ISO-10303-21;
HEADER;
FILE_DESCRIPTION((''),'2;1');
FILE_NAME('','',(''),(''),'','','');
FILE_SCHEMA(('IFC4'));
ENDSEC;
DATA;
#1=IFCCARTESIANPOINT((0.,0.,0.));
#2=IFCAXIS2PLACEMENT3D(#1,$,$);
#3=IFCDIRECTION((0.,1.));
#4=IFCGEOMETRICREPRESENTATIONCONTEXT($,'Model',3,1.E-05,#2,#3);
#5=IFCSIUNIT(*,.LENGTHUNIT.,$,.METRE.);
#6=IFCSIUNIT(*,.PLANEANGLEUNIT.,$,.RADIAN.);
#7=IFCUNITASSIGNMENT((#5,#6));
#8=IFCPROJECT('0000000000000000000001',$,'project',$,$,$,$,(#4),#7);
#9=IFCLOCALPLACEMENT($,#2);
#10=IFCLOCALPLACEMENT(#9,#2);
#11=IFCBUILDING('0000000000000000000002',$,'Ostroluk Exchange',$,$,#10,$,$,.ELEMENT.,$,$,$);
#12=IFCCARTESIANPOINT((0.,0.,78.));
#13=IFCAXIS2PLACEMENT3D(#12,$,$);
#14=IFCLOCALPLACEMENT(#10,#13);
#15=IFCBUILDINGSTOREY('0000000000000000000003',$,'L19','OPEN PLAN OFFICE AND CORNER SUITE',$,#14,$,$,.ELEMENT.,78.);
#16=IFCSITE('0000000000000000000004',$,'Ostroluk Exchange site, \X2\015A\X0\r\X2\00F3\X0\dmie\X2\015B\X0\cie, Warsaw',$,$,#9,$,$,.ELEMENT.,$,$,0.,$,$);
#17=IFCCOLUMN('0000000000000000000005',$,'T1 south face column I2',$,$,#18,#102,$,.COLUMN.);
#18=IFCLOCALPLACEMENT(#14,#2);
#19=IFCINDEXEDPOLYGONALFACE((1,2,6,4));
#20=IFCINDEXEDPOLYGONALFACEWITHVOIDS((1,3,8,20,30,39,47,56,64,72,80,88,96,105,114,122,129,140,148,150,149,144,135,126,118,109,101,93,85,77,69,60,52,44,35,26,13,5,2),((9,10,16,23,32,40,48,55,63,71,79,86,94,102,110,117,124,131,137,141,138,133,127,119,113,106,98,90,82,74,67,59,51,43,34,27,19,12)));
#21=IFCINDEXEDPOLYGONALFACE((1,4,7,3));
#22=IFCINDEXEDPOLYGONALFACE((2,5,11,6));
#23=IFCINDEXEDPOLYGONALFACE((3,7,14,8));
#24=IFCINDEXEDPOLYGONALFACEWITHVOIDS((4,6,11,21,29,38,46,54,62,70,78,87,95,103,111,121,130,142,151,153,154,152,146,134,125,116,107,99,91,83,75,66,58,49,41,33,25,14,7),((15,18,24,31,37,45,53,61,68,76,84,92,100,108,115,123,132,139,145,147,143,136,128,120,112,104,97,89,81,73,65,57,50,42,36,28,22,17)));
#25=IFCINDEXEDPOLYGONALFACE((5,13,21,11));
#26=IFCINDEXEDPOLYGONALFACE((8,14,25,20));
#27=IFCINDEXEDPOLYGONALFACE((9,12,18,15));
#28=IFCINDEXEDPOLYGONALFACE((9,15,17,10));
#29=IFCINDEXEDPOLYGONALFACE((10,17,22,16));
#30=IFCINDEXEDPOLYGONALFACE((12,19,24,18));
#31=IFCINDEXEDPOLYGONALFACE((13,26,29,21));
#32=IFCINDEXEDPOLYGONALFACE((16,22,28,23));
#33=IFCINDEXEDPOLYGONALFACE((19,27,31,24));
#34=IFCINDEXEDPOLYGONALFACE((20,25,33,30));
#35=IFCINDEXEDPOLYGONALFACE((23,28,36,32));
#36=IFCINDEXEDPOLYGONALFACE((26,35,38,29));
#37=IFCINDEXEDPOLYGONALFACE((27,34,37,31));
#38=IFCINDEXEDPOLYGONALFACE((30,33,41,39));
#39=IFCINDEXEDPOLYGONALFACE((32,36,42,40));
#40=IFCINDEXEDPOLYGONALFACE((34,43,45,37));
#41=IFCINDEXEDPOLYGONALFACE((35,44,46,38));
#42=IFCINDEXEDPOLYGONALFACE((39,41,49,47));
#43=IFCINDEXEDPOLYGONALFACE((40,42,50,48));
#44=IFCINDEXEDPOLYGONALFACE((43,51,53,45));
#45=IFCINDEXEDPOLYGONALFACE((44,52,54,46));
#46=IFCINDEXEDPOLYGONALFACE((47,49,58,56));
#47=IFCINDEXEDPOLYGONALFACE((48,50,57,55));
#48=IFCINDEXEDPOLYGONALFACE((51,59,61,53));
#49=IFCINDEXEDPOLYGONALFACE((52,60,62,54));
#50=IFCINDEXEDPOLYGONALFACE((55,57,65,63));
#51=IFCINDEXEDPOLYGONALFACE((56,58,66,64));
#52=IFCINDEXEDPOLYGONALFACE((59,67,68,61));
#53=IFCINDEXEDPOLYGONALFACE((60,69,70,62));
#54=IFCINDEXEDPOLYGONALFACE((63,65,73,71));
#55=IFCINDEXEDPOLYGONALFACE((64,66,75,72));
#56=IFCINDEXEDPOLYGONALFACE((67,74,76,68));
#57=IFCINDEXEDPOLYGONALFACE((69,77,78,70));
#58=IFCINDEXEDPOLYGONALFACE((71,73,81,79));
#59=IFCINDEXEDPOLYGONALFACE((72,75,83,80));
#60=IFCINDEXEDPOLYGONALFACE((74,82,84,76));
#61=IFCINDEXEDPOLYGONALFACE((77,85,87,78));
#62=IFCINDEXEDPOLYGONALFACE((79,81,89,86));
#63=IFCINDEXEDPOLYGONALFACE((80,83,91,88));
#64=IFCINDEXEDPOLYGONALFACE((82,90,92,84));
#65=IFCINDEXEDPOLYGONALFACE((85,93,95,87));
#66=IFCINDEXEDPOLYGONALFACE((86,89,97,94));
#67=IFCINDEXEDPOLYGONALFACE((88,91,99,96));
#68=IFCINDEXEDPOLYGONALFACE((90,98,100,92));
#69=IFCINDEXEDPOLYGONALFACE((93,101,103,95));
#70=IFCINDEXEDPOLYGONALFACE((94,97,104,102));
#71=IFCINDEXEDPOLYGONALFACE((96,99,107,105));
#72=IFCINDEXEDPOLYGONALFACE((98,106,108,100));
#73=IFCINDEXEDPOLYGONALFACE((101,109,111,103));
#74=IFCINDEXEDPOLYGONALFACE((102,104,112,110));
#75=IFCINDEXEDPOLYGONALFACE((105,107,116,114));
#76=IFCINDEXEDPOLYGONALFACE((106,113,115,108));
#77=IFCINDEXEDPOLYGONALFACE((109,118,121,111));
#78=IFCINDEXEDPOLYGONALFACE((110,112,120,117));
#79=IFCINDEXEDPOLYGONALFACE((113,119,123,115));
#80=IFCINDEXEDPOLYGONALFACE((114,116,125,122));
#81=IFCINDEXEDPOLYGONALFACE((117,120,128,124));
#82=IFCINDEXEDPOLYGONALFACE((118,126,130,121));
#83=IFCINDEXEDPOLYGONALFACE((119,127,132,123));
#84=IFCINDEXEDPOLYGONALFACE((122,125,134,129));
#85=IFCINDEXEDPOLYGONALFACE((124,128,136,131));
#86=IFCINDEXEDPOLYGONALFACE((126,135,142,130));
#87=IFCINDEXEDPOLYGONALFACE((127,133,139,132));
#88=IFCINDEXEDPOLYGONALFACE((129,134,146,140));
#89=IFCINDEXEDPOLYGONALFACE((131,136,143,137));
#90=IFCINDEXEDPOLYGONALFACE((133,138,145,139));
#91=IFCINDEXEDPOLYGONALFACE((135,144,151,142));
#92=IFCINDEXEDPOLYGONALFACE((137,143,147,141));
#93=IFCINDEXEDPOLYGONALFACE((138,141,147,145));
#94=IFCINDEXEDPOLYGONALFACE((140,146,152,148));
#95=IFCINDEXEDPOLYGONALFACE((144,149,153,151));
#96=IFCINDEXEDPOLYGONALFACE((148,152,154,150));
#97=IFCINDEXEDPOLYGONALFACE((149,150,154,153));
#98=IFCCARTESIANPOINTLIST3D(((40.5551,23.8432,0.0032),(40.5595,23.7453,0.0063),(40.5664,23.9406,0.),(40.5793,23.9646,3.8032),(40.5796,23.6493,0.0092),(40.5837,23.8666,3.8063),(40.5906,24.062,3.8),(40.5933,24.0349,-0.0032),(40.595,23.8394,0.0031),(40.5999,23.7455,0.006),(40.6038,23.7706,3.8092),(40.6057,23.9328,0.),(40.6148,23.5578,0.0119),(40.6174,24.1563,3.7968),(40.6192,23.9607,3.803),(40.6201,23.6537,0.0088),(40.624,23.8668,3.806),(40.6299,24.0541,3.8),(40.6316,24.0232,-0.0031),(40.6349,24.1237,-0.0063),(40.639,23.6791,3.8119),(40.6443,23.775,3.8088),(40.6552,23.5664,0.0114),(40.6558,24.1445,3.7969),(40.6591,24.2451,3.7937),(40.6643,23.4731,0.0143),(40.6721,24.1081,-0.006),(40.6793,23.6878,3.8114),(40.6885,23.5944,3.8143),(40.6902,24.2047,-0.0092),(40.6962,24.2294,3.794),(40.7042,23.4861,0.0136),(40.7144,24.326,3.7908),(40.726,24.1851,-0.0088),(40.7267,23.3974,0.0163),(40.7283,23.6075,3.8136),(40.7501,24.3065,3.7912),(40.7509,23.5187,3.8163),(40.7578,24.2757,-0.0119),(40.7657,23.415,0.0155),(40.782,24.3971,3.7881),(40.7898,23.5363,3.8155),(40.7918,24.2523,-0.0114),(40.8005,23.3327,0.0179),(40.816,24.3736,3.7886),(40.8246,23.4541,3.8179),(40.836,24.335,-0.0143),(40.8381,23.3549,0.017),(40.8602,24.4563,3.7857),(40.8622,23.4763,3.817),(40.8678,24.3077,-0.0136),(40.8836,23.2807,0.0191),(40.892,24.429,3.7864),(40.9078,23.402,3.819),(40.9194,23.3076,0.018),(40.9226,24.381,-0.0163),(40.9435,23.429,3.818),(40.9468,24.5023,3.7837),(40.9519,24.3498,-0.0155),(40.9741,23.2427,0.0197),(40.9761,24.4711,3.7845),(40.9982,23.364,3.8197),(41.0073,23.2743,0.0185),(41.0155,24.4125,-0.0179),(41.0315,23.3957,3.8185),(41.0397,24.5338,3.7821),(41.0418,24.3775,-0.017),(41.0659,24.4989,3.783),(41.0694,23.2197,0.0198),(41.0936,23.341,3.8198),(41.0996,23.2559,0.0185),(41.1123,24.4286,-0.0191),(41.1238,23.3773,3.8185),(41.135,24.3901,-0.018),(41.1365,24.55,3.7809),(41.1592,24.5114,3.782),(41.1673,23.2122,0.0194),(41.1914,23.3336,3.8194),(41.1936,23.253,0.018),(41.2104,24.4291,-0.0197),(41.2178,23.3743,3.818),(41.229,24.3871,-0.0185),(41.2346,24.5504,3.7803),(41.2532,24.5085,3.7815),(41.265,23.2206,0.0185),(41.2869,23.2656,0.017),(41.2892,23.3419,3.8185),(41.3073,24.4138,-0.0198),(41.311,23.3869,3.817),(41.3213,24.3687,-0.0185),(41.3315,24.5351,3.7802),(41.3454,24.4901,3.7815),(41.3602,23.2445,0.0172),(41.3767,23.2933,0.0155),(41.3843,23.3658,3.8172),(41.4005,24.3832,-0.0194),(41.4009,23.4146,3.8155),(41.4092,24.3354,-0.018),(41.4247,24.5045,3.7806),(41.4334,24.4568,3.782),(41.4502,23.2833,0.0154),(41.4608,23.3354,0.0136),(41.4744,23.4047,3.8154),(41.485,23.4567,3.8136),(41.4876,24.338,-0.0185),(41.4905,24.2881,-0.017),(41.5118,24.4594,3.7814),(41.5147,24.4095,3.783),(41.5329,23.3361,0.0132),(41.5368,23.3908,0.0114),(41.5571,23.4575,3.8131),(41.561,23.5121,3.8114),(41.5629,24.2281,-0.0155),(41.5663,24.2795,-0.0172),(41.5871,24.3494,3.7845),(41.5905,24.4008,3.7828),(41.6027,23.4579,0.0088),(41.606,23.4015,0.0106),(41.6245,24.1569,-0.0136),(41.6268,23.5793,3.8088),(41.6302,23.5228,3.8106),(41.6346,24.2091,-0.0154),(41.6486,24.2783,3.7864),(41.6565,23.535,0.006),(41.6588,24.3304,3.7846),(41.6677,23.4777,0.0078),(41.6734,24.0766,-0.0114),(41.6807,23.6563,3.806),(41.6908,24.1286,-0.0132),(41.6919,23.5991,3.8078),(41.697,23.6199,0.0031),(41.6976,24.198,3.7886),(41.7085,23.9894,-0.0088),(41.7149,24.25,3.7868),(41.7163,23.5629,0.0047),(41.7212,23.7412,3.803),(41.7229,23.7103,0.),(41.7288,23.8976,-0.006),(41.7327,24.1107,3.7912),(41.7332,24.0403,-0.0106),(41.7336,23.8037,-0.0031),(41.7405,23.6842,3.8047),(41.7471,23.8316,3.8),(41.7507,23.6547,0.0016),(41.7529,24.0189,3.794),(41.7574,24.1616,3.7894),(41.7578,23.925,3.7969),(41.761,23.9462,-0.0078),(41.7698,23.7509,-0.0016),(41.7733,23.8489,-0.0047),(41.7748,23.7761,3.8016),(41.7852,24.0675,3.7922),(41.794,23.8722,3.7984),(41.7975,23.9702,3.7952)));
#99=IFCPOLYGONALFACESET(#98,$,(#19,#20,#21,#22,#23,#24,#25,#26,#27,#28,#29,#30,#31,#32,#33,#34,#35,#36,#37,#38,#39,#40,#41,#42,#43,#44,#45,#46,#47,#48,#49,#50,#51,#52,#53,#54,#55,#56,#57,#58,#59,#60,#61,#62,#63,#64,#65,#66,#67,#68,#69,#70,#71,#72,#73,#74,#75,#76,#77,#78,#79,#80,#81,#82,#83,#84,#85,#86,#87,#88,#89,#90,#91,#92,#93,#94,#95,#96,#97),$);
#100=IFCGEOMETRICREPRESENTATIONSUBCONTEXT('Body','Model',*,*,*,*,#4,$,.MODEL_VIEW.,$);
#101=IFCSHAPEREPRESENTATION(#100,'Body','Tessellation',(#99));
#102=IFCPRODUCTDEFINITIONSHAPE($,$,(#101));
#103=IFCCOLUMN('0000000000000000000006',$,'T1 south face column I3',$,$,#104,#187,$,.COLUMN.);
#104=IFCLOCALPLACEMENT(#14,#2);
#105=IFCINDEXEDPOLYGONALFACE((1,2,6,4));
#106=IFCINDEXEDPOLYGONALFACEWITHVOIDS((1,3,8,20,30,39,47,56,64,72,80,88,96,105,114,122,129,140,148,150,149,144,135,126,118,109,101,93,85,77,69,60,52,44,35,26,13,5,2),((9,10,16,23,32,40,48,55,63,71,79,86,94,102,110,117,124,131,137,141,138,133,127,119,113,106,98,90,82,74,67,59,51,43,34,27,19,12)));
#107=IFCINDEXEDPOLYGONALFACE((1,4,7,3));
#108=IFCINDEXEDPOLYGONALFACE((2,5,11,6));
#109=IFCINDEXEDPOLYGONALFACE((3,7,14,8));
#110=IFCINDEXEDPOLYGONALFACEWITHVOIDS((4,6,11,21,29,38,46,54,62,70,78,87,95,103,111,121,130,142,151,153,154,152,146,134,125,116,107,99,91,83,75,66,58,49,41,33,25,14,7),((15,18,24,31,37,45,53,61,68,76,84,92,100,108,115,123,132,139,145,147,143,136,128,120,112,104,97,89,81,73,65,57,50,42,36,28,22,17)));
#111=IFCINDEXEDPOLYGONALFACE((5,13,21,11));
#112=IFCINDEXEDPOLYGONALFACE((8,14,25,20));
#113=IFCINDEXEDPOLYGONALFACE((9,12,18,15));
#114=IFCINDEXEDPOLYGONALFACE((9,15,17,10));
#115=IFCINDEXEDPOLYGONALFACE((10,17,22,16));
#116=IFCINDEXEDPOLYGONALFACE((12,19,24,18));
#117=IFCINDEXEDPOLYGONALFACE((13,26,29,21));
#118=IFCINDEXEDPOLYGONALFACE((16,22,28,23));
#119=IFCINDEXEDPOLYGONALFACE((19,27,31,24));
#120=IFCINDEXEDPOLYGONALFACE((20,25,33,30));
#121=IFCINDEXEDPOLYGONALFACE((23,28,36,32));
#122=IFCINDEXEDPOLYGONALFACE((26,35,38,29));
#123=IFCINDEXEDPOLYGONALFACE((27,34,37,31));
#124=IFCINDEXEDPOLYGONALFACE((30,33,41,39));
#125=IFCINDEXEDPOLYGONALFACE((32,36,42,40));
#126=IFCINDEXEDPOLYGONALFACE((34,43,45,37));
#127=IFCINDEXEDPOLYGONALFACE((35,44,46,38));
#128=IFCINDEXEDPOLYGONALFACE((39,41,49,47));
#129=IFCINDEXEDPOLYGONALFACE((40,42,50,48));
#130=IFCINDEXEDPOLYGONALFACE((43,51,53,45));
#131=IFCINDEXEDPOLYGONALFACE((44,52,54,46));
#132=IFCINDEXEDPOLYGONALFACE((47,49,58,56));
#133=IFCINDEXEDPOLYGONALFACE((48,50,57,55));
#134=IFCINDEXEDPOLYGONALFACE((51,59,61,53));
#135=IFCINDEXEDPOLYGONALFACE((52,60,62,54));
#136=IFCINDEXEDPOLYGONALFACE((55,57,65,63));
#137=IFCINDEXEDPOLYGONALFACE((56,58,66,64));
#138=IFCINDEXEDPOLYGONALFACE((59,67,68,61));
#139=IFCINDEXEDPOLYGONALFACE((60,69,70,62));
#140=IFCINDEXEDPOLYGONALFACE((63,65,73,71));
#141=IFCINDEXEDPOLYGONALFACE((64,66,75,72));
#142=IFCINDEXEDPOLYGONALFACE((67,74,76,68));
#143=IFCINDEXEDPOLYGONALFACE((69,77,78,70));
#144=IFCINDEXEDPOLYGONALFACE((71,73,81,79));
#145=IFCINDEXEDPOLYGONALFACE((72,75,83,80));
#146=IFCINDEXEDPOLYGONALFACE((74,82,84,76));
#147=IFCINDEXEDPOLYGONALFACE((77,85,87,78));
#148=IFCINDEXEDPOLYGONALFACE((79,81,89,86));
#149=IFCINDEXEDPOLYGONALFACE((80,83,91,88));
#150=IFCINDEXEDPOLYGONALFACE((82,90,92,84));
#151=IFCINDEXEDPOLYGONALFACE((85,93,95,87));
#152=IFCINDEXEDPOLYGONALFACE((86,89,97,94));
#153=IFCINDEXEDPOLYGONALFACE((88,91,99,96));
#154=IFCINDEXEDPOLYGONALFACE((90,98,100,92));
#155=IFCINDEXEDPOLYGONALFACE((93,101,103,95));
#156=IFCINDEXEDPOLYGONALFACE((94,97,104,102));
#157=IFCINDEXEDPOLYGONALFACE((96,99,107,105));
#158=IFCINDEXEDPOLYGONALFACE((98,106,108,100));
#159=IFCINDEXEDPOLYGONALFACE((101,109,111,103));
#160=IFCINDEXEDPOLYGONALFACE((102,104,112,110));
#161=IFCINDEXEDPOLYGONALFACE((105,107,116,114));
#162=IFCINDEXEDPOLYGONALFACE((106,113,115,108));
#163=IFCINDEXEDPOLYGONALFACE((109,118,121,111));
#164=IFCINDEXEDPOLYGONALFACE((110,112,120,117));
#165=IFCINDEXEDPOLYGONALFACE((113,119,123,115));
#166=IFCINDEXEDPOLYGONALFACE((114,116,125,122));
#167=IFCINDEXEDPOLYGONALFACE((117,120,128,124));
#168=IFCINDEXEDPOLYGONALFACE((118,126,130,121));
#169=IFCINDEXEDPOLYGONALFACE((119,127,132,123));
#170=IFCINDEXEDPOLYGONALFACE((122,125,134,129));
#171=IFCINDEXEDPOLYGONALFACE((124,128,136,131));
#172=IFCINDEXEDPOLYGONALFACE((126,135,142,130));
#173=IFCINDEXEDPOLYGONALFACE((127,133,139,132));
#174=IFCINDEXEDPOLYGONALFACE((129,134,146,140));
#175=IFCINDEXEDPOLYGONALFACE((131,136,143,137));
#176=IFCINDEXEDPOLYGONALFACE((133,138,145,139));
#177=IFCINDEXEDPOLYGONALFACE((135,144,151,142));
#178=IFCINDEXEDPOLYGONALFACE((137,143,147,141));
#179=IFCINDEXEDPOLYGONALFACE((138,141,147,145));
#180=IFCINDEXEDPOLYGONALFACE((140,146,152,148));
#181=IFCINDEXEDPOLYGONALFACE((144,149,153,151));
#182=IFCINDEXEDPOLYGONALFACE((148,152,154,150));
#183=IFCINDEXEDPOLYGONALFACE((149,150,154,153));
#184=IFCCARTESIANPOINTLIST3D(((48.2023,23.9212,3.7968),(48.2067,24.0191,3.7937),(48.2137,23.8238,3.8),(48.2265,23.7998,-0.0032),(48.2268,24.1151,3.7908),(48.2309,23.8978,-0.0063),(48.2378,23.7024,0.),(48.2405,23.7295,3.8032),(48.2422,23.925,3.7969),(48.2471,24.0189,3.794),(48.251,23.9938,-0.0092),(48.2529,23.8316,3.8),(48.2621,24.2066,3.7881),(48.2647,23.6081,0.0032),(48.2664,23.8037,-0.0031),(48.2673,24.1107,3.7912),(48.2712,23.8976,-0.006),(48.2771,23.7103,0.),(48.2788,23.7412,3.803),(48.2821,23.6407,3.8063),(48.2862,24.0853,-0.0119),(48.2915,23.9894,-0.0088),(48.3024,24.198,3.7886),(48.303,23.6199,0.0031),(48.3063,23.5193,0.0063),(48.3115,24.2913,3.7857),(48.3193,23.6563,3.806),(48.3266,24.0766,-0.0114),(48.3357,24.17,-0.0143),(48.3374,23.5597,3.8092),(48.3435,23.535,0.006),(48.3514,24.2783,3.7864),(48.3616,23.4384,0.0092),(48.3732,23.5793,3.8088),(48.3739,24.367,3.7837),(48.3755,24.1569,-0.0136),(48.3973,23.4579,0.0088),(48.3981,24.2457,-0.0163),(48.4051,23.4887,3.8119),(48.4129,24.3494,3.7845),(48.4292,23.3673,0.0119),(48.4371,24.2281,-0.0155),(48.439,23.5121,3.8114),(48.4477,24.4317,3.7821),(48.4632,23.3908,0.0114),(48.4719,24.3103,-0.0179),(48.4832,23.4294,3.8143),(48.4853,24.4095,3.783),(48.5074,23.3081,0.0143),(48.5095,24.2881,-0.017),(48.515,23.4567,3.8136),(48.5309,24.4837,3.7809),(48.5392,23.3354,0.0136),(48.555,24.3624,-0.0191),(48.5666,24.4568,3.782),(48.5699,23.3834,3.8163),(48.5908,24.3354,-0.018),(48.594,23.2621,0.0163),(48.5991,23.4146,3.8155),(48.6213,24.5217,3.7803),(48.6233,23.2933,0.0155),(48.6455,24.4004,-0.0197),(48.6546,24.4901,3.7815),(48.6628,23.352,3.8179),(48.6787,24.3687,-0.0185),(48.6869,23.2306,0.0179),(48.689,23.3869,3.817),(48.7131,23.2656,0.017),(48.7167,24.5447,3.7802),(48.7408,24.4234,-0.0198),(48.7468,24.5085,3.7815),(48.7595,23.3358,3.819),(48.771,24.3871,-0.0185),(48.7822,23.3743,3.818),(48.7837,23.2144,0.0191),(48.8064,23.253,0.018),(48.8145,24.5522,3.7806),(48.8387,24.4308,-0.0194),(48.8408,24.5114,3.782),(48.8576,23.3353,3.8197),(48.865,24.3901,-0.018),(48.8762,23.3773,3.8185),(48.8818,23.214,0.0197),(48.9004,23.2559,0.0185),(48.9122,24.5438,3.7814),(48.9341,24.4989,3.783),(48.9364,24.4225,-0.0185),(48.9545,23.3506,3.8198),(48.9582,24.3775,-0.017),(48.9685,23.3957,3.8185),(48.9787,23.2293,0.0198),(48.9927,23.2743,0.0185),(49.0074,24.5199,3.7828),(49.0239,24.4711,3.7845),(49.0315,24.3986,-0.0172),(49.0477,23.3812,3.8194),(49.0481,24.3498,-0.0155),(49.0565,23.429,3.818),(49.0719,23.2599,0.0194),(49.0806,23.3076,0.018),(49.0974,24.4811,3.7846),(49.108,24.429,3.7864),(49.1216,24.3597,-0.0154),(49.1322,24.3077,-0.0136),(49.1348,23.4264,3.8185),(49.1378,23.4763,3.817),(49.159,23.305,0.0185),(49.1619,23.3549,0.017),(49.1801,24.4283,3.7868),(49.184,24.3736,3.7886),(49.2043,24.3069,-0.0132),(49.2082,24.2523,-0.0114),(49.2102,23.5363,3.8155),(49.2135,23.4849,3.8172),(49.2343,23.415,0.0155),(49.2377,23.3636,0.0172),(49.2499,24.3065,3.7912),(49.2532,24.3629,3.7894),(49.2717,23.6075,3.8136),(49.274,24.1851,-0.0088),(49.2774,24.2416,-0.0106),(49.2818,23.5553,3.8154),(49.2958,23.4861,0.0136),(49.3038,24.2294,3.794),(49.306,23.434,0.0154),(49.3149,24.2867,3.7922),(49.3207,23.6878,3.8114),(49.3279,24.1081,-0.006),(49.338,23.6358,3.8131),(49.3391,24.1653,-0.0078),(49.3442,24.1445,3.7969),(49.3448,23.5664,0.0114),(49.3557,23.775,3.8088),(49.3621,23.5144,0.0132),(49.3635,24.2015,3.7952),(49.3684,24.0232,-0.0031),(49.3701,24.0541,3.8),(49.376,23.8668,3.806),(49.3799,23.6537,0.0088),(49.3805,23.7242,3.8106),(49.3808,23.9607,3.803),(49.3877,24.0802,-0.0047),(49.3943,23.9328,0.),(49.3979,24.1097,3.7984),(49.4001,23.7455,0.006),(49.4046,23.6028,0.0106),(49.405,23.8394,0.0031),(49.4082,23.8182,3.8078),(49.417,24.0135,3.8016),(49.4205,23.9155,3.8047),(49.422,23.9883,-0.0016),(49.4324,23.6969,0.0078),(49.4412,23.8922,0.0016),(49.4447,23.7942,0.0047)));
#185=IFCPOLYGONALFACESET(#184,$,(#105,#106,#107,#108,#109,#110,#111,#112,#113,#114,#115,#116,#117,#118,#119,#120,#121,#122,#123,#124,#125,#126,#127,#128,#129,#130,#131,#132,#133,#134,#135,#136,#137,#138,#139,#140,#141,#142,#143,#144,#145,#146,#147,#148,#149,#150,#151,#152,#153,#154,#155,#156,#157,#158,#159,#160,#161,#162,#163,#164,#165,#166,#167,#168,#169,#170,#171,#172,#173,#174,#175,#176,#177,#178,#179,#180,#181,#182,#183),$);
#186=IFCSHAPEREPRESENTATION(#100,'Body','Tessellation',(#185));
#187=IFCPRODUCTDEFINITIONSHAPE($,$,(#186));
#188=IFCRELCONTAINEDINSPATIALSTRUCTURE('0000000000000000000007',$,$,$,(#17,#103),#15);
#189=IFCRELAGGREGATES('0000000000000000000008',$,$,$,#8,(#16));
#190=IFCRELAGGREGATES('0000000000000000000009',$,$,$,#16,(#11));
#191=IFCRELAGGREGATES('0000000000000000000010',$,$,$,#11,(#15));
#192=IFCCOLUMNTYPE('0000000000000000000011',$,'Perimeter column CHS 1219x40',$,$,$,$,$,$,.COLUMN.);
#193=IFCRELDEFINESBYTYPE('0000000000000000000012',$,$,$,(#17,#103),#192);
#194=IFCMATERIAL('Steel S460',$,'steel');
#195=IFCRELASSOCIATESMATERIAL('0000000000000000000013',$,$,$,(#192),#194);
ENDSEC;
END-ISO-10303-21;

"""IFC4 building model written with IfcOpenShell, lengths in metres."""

from ifc_helpers import new_model, si_unit, direction, frame, origin, origin_2d, place, context, subcontext, project, spatial, hollow_circle, extrude, material, material_profile, profile_set, type_object, element, save


model = new_model("IFC4")

# Units and contexts
model_context = context("Model", 3, precision=1e-05, world=origin(), true_north=direction((0.0, 1.0)))
body_context = subcontext(model_context, "Body", "Model", "MODEL_VIEW")
ifc_project = project(units=[si_unit("LENGTHUNIT", "METRE"), si_unit("PLANEANGLEUNIT", "RADIAN")], contexts=[model_context])

# Site, building, storey
site_placement = place(None, origin())
site = spatial("IfcSite", under=ifc_project, at=site_placement, Name="Ostroluk Exchange site, Śródmieście, Warsaw", CompositionType="ELEMENT", RefElevation=0.0)
building_placement = place(site_placement, origin())
building = spatial("IfcBuilding", under=site, at=building_placement, Name="Ostroluk Exchange", CompositionType="ELEMENT")
storey_placement = place(building_placement, frame((0.0, 0.0, 78.0)))
storey = spatial("IfcBuildingStorey", under=building, at=storey_placement, Name="L19", Description="OPEN PLAN OFFICE AND CORNER SUITE", CompositionType="ELEMENT", Elevation=78.0)

# Columns
ifc_material_1 = material(Name="Steel S460", Category="steel")
ifc_material_profile_1 = material_profile(ifc_material_1, hollow_circle(Radius=0.6096, WallThickness=0.04, at=origin_2d()), Name="CHS 1219x40")
ifc_profile_set_1 = profile_set([ifc_material_profile_1], Name="Steel S460")
column_type = type_object("IfcColumnType", Name="Perimeter column CHS 1219x40", PredefinedType="COLUMN", material=ifc_profile_set_1)
for number, where, z_axis, x_axis, name in (
    (1, (41.1643, 23.8215, 0.0), (0.006357, 0.031914, 0.99947), (-0.980732, 0.195357, 0.0), "T1 south face column I2"),
    (2, (48.8357, 23.8215, 0.0), (-0.006357, 0.031914, 0.99947), (-0.980732, -0.195357, 0.0), "T1 south face column I3"),
):
    element("IfcColumn", number, at=place(storey_placement, frame(where, z_axis=z_axis, x_axis=x_axis)), inside=storey, type_object=column_type, Name=name, PredefinedType="COLUMN", context=body_context, shape_type="SweptSolid", body=[
        extrude(hollow_circle(Radius=0.6096, WallThickness=0.04, at=origin_2d()), origin(), (0.0, 0.0, 1.0), 3.802),
    ])

save(model, "model.ifc")
